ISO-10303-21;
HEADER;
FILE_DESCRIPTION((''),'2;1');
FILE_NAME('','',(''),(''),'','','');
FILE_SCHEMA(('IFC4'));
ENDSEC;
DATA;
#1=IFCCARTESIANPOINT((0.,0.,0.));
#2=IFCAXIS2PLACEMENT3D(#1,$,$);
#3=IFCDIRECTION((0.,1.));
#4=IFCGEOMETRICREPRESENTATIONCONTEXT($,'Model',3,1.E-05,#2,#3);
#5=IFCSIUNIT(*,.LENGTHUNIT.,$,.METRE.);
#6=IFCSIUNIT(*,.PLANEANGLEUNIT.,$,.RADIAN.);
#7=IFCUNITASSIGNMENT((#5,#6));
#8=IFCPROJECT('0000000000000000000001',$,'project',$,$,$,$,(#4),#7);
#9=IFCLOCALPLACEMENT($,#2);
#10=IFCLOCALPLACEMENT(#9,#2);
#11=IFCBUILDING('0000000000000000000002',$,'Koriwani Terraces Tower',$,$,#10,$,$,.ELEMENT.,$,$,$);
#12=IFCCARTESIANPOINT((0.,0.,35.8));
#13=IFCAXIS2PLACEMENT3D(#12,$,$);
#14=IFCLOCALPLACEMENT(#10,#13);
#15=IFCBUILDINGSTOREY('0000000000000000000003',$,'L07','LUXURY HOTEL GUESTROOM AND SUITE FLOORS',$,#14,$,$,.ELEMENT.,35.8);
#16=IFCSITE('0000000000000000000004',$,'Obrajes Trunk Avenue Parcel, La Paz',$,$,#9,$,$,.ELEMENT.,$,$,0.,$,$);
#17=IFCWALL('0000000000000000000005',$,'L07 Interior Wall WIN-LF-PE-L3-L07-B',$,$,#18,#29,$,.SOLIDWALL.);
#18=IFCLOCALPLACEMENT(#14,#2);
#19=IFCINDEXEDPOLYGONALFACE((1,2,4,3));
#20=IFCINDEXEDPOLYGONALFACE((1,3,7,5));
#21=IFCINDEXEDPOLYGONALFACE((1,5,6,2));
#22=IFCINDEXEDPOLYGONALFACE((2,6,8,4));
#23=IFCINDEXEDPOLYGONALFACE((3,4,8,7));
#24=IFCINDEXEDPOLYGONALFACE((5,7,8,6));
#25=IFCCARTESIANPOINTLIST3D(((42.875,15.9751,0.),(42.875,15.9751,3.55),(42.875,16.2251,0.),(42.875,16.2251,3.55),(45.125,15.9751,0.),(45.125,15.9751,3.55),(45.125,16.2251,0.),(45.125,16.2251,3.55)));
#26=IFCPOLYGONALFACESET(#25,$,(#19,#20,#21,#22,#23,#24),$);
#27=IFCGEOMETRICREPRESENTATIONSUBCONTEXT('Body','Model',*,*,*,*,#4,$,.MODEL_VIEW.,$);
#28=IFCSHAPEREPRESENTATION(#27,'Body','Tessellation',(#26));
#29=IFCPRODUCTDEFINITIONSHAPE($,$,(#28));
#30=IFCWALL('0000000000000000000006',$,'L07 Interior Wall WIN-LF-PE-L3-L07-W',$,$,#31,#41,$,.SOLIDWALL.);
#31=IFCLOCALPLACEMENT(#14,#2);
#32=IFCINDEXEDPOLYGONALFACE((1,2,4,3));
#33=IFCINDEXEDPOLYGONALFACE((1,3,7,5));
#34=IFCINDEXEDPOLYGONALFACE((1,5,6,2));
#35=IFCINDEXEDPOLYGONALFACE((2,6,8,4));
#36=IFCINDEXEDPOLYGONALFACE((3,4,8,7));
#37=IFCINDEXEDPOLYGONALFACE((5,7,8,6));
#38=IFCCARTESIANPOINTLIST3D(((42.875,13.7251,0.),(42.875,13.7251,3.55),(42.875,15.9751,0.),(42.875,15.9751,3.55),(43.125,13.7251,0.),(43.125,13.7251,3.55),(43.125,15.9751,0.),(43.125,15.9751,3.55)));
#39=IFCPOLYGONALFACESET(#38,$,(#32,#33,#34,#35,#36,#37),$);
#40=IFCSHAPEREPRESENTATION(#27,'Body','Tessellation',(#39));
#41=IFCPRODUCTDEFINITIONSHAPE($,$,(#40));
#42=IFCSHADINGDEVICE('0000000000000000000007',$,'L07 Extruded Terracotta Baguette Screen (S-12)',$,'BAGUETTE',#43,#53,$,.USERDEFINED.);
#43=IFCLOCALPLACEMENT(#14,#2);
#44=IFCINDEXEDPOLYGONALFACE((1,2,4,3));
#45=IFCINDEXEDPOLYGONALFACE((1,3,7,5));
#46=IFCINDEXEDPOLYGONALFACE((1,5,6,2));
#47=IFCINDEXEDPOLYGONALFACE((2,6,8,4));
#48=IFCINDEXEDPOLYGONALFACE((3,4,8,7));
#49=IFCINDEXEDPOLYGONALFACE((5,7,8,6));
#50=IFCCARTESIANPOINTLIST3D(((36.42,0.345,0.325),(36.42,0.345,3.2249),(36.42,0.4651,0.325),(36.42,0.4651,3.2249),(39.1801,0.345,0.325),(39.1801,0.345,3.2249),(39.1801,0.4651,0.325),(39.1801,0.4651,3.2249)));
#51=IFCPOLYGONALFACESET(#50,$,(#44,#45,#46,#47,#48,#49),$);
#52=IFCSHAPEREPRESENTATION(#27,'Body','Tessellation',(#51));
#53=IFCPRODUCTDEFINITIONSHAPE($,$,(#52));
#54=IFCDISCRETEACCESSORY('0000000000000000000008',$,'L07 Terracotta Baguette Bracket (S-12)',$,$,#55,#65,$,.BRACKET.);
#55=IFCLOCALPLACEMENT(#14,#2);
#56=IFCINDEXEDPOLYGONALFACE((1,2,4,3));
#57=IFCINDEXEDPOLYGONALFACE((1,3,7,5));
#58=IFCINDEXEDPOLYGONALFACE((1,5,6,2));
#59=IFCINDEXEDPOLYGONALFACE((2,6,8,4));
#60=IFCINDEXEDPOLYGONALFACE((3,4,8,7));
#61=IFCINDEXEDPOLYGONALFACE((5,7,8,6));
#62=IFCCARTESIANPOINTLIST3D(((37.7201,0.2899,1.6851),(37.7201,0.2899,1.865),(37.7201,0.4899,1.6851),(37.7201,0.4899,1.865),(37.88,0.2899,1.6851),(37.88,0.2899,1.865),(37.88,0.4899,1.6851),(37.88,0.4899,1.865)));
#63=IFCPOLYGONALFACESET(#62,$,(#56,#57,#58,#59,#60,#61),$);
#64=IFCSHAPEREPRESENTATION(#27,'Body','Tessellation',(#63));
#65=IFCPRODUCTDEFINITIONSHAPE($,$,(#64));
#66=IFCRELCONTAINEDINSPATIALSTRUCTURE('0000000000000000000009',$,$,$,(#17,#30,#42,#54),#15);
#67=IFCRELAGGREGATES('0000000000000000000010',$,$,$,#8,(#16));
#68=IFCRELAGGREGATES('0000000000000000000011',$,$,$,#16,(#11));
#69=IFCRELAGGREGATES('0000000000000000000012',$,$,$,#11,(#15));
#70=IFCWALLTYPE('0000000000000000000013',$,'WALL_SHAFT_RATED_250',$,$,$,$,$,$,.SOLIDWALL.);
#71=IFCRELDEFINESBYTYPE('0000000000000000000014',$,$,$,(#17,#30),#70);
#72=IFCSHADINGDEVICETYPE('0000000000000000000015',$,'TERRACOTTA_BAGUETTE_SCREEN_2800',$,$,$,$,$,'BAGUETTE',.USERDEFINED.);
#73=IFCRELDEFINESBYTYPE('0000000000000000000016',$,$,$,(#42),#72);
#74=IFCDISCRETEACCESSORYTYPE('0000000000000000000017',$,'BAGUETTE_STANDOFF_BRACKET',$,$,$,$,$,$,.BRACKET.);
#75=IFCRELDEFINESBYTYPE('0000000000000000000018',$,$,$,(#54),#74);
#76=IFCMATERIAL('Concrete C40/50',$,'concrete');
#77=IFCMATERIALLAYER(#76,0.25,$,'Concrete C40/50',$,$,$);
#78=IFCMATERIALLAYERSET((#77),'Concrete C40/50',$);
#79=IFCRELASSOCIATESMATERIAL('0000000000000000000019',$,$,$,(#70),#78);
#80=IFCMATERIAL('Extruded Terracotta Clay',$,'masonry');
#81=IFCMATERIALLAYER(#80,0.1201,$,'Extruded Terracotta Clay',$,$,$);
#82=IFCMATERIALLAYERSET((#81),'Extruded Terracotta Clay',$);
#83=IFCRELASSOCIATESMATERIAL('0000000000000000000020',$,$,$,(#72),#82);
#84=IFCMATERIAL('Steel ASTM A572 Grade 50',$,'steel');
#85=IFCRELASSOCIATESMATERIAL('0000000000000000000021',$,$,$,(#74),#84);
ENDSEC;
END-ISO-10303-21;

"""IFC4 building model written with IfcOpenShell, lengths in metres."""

from ifc_helpers import new_model, si_unit, direction, frame, frame_2d, origin, origin_2d, place, context, subcontext, project, spatial, rectangle, extrude, material, layer, layer_set, type_object, element, save


model = new_model("IFC4")

# Units and contexts
model_context = context("Model", 3, precision=1e-05, world=origin(), true_north=direction((0.0, 1.0)))
body_context = subcontext(model_context, "Body", "Model", "MODEL_VIEW")
ifc_project = project(units=[si_unit("LENGTHUNIT", "METRE"), si_unit("PLANEANGLEUNIT", "RADIAN")], contexts=[model_context])

# Site, building, storey
site_placement = place(None, origin())
site = spatial("IfcSite", under=ifc_project, at=site_placement, Name="Obrajes Trunk Avenue Parcel, La Paz", CompositionType="ELEMENT", RefElevation=0.0)
building_placement = place(site_placement, origin())
building = spatial("IfcBuilding", under=site, at=building_placement, Name="Koriwani Terraces Tower", CompositionType="ELEMENT")
storey_placement = place(building_placement, frame((0.0, 0.0, 35.8)))
storey = spatial("IfcBuildingStorey", under=building, at=storey_placement, Name="L07", Description="LUXURY HOTEL GUESTROOM AND SUITE FLOORS", CompositionType="ELEMENT", Elevation=35.8)

# Shared definitions
ifc_material_1 = material(Name="Concrete C40/50", Category="concrete")
ifc_material_2 = material(Name="Steel ASTM A572 Grade 50", Category="steel")

# Shared definitions
ifc_layer_1 = layer(ifc_material_1, 0.25, Name="Concrete C40/50")
ifc_layer_set_1 = layer_set([ifc_layer_1], Name="Concrete C40/50")
wall_type_1 = type_object("IfcWallType", Name="WALL_SHAFT_RATED_250", PredefinedType="SOLIDWALL", material=ifc_layer_set_1)

# Walls
for number, where, z_axis, x_axis, name in (
    (1, (42.875, 16.1001, 0.0), (0.0, 0.0, 1.0), (1.0, 0.0, 0.0), "L07 Interior Wall WIN-LF-PE-L3-L07-B"),
    (2, (43.0, 13.7251, 0.0), (0.0, 0.0, 1.0), (0.0, 1.0, 0.0), "L07 Interior Wall WIN-LF-PE-L3-L07-W"),
):
    element("IfcWall", number, at=place(storey_placement, frame(where, z_axis=z_axis, x_axis=x_axis)), inside=storey, type_object=wall_type_1, Name=name, PredefinedType="SOLIDWALL", context=body_context, shape_type="SweptSolid", body=[
        extrude(rectangle(XDim=2.25, YDim=0.25, at=frame_2d((1.125, 0.0))), origin(), (0.0, 0.0, 1.0), 3.55),
    ])

# Shading device
ifc_material_3 = material(Name="Extruded Terracotta Clay", Category="masonry")
ifc_layer_2 = layer(ifc_material_3, 0.1201, Name="Extruded Terracotta Clay")
ifc_layer_set_2 = layer_set([ifc_layer_2], Name="Extruded Terracotta Clay")
shading_device_type = type_object("IfcShadingDeviceType", Name="TERRACOTTA_BAGUETTE_SCREEN_2800", ElementType="BAGUETTE", PredefinedType="USERDEFINED", material=ifc_layer_set_2)
shading_device_placement = place(storey_placement, frame((37.8, 0.405, 0.325), z_axis=(0.0, 0.0, 1.0), x_axis=(-1.0, 0.0, 0.0)))
element("IfcShadingDevice", 3, at=shading_device_placement, inside=storey, type_object=shading_device_type, Name="L07 Extruded Terracotta Baguette Screen (S-12)", ObjectType="BAGUETTE", PredefinedType="USERDEFINED", context=body_context, shape_type="SweptSolid", body=[
    extrude(rectangle(XDim=2.76, YDim=0.1201, at=origin_2d()), origin(), (0.0, 0.0, 1.0), 2.8999),
])

# Discrete accessory
discrete_accessory_type = type_object("IfcDiscreteAccessoryType", Name="BAGUETTE_STANDOFF_BRACKET", PredefinedType="BRACKET", material=ifc_material_2)
discrete_accessory_placement = place(storey_placement, frame((37.8, 0.3899, 1.6851), z_axis=(0.0, 0.0, 1.0), x_axis=(-1.0, 0.0, 0.0)))
element("IfcDiscreteAccessory", 4, at=discrete_accessory_placement, inside=storey, type_object=discrete_accessory_type, Name="L07 Terracotta Baguette Bracket (S-12)", PredefinedType="BRACKET", context=body_context, shape_type="SweptSolid", body=[
    extrude(rectangle(XDim=0.1599, YDim=0.2, at=origin_2d()), origin(), (0.0, 0.0, 1.0), 0.1799),
])

save(model, "model.ifc")
